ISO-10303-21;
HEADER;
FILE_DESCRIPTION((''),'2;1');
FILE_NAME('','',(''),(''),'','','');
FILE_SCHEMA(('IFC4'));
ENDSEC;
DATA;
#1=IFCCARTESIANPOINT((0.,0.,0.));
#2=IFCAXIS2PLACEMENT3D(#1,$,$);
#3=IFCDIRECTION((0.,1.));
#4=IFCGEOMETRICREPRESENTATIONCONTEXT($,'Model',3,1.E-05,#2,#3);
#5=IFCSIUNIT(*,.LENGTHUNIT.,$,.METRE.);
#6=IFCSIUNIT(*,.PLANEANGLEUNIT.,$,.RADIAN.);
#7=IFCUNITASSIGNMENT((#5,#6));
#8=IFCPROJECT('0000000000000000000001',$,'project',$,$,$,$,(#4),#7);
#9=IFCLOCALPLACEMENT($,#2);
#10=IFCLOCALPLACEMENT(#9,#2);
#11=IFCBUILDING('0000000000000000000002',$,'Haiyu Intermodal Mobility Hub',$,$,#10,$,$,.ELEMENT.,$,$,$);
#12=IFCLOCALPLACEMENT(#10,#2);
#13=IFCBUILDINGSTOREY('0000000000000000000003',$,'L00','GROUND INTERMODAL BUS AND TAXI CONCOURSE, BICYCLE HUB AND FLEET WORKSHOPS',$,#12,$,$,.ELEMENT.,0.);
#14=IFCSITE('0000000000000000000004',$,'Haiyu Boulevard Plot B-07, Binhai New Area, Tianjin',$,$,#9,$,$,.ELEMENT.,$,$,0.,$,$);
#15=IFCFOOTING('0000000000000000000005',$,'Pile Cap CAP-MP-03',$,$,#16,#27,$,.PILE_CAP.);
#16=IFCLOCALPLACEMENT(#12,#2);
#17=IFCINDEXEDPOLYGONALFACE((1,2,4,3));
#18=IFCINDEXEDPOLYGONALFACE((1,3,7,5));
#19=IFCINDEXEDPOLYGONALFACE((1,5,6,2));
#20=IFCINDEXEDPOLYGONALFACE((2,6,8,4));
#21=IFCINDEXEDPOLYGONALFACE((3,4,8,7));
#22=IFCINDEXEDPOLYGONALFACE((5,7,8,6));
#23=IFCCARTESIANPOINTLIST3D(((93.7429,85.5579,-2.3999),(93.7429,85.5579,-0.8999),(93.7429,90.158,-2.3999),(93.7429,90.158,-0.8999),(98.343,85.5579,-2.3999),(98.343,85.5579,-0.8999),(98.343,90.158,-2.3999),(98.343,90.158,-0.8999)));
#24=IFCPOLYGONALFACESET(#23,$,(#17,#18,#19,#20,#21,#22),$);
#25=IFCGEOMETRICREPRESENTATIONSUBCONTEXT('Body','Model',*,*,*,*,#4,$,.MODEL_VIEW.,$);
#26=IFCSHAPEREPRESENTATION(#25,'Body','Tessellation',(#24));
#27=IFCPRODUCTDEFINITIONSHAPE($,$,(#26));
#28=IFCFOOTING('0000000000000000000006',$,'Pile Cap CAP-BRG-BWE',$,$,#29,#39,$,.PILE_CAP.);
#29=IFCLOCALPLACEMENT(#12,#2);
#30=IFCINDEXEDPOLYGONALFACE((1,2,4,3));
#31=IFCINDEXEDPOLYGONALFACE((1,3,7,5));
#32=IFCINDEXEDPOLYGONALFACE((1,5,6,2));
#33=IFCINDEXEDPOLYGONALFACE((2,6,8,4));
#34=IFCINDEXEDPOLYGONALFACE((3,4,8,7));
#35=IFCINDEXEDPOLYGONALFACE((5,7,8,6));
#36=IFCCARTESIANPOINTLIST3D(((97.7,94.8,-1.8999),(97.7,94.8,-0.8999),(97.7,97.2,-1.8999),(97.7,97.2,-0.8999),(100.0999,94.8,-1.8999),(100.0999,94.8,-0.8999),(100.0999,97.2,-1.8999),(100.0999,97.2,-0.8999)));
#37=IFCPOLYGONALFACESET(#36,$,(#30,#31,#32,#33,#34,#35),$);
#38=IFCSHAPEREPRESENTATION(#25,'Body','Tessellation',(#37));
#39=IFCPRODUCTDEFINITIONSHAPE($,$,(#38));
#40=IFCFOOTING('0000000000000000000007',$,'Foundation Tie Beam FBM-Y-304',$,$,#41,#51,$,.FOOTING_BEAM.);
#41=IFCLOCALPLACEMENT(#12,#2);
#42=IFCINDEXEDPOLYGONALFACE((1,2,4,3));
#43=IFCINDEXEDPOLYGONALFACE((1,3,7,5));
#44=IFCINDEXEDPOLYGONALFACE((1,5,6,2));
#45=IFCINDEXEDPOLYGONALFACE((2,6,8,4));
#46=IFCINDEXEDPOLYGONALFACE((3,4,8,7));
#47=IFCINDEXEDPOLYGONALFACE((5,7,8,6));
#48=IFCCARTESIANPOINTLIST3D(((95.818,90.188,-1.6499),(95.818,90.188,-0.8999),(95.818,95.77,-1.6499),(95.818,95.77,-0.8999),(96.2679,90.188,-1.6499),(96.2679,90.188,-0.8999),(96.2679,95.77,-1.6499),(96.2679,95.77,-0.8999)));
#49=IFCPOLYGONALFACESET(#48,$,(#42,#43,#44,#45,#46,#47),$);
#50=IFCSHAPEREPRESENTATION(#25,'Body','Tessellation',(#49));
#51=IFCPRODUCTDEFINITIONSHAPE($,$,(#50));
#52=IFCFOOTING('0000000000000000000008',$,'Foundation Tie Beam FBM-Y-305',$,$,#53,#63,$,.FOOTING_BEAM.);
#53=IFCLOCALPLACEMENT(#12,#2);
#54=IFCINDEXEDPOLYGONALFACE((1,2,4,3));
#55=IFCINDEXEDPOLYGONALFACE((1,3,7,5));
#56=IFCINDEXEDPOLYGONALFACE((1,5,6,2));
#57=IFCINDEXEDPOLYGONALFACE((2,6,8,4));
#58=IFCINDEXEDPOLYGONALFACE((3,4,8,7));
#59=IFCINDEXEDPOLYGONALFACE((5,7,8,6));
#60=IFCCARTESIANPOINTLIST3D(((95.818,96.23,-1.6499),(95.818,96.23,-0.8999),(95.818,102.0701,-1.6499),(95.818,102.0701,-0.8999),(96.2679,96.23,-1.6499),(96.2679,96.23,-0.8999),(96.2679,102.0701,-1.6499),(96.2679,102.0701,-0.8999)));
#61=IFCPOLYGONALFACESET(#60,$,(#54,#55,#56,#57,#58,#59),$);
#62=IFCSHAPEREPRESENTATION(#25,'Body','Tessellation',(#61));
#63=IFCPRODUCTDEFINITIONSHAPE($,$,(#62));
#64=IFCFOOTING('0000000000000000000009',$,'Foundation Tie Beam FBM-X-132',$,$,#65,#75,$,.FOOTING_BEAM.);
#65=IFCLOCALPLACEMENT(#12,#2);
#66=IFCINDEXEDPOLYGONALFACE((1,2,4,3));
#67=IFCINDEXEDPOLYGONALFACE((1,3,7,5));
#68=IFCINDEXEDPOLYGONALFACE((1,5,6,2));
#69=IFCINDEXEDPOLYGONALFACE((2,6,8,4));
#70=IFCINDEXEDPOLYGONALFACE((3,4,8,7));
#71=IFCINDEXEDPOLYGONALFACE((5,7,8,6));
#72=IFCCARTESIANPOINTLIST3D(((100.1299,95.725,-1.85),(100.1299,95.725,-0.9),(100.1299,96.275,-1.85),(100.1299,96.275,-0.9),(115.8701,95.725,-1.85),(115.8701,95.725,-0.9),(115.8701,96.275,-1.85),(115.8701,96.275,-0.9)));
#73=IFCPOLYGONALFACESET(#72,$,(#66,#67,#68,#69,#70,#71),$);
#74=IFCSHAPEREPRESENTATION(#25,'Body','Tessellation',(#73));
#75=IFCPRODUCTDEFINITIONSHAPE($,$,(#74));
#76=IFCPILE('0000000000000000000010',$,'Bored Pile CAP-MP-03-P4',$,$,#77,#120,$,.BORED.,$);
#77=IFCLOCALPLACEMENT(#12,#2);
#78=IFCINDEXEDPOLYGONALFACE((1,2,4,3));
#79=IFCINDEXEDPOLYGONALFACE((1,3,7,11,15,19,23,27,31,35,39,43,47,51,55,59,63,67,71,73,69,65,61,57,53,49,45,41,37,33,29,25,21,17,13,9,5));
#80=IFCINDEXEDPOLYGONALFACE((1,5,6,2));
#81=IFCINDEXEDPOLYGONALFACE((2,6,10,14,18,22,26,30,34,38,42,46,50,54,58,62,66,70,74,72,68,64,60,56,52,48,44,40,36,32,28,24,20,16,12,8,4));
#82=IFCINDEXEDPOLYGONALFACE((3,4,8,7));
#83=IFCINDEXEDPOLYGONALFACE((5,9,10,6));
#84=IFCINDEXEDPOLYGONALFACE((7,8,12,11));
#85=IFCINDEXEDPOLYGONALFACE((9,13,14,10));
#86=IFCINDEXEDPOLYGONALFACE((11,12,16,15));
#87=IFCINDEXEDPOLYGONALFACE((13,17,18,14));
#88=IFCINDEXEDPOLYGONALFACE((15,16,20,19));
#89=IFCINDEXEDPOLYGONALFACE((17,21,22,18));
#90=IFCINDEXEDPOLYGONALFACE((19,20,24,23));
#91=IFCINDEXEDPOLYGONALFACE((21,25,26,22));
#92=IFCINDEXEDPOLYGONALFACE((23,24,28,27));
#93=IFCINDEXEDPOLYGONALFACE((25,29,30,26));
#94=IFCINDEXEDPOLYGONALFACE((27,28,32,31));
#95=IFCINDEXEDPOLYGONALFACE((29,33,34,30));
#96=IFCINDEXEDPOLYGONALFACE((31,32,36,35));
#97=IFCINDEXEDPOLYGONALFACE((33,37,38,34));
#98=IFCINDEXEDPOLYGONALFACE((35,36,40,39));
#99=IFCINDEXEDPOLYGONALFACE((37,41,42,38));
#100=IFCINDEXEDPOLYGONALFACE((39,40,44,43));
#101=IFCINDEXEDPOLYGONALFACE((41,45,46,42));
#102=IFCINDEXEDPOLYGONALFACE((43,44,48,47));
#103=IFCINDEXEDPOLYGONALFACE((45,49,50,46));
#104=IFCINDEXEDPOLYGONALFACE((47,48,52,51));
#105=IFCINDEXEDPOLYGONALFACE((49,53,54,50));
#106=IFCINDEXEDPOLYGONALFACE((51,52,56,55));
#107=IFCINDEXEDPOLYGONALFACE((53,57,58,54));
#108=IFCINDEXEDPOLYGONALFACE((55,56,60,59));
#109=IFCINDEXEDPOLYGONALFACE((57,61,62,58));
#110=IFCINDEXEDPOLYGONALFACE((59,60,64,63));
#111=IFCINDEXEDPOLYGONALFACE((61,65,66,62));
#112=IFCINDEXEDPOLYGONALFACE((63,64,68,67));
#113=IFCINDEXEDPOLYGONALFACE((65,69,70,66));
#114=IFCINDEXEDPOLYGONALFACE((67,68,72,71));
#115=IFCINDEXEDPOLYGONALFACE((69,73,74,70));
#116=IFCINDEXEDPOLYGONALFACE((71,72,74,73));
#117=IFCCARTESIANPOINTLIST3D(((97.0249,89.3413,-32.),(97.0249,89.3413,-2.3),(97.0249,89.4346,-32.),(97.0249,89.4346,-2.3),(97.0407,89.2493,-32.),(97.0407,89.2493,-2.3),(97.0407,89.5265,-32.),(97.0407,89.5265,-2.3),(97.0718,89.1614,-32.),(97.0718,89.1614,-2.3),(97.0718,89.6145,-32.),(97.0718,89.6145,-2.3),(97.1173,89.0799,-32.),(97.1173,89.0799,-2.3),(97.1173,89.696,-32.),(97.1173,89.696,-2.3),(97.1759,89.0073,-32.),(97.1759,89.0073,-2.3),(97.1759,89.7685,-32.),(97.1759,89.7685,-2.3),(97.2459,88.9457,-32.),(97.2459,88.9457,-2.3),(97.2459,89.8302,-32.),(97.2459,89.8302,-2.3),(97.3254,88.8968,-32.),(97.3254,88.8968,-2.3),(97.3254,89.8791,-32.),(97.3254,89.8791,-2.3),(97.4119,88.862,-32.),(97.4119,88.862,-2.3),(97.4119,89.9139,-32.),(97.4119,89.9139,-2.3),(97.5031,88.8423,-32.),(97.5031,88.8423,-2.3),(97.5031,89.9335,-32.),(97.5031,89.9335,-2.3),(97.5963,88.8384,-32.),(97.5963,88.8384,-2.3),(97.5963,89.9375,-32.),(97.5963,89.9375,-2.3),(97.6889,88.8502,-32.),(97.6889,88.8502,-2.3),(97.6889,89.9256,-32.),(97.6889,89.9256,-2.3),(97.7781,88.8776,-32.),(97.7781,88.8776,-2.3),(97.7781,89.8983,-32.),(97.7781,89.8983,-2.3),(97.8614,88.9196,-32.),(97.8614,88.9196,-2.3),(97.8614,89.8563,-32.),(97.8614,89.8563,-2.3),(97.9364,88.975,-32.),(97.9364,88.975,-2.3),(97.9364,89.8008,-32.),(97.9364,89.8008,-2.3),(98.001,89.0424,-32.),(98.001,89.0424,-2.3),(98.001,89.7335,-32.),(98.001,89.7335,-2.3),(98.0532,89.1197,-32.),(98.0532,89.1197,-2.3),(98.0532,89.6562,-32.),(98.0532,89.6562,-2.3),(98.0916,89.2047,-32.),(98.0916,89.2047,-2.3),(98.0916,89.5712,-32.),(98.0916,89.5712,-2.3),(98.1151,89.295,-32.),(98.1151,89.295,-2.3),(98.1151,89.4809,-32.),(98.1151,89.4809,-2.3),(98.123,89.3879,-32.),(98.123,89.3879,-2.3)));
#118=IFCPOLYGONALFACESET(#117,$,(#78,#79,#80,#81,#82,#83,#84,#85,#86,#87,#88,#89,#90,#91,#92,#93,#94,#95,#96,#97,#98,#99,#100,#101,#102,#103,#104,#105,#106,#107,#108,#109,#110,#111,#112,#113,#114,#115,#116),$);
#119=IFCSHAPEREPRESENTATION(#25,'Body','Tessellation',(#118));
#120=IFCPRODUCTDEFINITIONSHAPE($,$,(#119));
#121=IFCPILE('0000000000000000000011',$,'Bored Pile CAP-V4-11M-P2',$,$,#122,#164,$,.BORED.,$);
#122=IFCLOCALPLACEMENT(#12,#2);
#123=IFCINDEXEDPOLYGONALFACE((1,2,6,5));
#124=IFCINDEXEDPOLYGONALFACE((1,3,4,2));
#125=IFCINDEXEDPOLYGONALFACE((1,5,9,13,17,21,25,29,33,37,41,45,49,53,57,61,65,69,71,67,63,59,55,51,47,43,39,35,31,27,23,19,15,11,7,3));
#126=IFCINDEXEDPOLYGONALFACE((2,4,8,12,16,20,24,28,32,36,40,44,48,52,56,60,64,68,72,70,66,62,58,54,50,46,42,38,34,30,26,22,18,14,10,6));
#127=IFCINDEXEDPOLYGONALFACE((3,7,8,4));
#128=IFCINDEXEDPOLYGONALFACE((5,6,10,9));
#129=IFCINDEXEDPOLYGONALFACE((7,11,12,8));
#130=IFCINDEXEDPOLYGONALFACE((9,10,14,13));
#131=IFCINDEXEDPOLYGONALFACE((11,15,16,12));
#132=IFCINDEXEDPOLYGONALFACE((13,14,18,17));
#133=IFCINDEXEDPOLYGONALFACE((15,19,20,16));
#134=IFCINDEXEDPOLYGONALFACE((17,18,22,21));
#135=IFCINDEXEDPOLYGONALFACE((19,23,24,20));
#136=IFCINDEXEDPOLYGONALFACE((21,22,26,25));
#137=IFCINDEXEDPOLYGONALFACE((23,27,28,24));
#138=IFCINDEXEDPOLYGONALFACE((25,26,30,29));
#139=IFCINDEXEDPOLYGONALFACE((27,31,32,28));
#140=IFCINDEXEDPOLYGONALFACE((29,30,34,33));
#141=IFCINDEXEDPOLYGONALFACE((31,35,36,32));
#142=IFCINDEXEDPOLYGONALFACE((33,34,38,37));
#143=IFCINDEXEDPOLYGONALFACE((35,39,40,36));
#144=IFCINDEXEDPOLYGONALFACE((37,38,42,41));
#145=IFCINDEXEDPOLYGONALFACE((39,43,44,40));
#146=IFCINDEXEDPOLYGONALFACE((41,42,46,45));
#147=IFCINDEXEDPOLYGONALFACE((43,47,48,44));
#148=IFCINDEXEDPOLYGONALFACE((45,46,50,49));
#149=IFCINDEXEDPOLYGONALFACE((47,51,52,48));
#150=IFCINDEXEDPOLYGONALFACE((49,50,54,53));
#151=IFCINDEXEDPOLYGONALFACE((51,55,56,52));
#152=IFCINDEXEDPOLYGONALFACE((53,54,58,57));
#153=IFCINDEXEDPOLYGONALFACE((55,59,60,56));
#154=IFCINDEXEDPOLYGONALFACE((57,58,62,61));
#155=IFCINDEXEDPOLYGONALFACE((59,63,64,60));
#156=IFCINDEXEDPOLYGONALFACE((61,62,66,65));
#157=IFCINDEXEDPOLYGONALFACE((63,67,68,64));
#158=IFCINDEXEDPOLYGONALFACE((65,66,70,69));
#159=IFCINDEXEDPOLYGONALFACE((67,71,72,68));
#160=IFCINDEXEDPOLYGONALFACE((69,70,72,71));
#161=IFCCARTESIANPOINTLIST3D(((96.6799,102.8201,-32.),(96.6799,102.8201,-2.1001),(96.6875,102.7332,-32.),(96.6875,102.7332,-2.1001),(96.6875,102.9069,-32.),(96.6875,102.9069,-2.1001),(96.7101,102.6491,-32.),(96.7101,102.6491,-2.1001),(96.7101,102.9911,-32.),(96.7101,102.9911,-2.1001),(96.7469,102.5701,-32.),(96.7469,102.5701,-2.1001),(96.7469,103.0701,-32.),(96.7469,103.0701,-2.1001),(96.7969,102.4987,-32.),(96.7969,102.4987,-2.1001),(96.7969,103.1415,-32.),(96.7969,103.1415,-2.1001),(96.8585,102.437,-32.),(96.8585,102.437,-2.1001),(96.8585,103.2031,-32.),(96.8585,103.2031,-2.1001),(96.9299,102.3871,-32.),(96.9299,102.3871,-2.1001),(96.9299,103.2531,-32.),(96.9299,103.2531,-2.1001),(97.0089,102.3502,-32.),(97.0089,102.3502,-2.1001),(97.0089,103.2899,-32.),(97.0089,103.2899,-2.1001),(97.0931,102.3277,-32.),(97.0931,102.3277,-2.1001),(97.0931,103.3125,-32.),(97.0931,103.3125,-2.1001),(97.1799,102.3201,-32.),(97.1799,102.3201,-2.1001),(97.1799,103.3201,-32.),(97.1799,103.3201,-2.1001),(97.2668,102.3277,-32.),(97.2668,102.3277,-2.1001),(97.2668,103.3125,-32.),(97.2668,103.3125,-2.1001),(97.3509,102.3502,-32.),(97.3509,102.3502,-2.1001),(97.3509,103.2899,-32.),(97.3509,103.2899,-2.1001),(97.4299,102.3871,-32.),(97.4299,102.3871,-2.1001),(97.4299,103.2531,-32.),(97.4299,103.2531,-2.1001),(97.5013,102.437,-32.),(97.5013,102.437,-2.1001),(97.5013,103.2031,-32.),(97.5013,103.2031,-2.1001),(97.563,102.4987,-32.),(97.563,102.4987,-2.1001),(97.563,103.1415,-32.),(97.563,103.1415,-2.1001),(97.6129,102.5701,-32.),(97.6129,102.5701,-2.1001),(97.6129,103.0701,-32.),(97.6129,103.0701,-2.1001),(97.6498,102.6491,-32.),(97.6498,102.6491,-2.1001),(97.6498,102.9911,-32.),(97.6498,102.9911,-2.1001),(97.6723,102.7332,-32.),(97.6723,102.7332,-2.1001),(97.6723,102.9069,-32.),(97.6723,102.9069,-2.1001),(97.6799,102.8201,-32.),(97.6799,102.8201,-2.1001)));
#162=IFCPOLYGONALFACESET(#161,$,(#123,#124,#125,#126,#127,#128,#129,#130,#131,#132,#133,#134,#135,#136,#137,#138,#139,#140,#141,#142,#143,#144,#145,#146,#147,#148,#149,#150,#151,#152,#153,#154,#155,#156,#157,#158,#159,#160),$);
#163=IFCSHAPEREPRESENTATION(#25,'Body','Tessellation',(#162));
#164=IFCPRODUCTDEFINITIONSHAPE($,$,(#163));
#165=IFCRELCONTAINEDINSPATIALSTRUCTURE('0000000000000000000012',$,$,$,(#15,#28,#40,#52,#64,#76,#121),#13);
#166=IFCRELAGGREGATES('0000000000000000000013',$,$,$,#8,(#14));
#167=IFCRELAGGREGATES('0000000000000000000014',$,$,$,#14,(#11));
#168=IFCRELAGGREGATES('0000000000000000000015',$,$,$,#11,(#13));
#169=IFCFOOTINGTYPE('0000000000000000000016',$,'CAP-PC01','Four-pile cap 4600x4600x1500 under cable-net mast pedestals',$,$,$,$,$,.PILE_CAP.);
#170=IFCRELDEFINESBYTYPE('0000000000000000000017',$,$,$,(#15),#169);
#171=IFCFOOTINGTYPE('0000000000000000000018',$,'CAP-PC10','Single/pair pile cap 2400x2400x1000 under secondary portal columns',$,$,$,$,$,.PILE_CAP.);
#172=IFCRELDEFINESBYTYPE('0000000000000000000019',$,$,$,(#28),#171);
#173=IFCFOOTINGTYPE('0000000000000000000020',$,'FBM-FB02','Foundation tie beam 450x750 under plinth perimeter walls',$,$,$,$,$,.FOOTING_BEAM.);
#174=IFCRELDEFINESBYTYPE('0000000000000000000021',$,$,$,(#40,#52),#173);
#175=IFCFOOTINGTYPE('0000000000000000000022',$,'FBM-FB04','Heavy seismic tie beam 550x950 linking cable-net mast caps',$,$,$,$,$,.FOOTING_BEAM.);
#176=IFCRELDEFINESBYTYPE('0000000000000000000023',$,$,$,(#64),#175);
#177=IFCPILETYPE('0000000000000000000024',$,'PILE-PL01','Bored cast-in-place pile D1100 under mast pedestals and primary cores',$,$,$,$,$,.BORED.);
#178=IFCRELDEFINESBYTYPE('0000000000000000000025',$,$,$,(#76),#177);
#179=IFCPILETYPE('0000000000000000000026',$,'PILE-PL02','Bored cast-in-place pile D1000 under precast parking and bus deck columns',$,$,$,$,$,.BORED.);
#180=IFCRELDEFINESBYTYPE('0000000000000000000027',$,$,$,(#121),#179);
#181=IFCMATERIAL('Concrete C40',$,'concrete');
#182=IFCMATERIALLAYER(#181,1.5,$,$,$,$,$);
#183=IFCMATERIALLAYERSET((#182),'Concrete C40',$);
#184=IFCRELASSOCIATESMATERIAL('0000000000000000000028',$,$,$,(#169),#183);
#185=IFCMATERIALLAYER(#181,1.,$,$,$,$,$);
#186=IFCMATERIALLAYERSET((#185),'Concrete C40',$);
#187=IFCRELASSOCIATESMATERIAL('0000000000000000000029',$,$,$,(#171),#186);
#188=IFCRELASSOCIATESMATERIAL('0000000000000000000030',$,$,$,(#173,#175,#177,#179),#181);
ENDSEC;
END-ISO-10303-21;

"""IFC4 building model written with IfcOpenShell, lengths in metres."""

from ifc_helpers import new_model, si_unit, direction, frame, origin, origin_2d, place, context, subcontext, project, spatial, rectangle, circle, extrude, material, layer, layer_set, material_profile, profile_set, type_object, element, save


model = new_model("IFC4")

# Units and contexts
model_context = context("Model", 3, precision=1e-05, world=origin(), true_north=direction((0.0, 1.0)))
body_context = subcontext(model_context, "Body", "Model", "MODEL_VIEW")
ifc_project = project(units=[si_unit("LENGTHUNIT", "METRE"), si_unit("PLANEANGLEUNIT", "RADIAN")], contexts=[model_context])

# Site, building, storey
site_placement = place(None, origin())
site = spatial("IfcSite", under=ifc_project, at=site_placement, Name="Haiyu Boulevard Plot B-07, Binhai New Area, Tianjin", CompositionType="ELEMENT", RefElevation=0.0)
building_placement = place(site_placement, origin())
building = spatial("IfcBuilding", under=site, at=building_placement, Name="Haiyu Intermodal Mobility Hub", CompositionType="ELEMENT")
storey_placement = place(building_placement, origin())
storey = spatial("IfcBuildingStorey", under=building, at=storey_placement, Name="L00", Description="GROUND INTERMODAL BUS AND TAXI CONCOURSE, BICYCLE HUB AND FLEET WORKSHOPS", CompositionType="ELEMENT", Elevation=0.0)

# Footings
ifc_material_1 = material(Name="Concrete C40", Category="concrete")
ifc_layer_1 = layer(ifc_material_1, 1.5)
ifc_layer_set_1 = layer_set([ifc_layer_1], Name="Concrete C40")
footing_type_1 = type_object("IfcFootingType", Name="CAP-PC01", Description="Four-pile cap 4600x4600x1500 under cable-net mast pedestals", PredefinedType="PILE_CAP", material=ifc_layer_set_1)
footing_1_placement = place(storey_placement, frame((96.043, 87.8579, -2.3999), z_axis=(0.0, 0.0, 1.0), x_axis=(1.0, 0.0, 0.0)))
element("IfcFooting", 1, at=footing_1_placement, inside=storey, type_object=footing_type_1, Name="Pile Cap CAP-MP-03", PredefinedType="PILE_CAP", context=body_context, shape_type="SweptSolid", body=[
    extrude(rectangle(XDim=4.6001, YDim=4.6001, at=origin_2d()), origin(), (0.0, 0.0, 1.0), 1.5),
])
ifc_layer_2 = layer(ifc_material_1, 1.0)
ifc_layer_set_2 = layer_set([ifc_layer_2], Name="Concrete C40")
footing_type_2 = type_object("IfcFootingType", Name="CAP-PC10", Description="Single/pair pile cap 2400x2400x1000 under secondary portal columns", PredefinedType="PILE_CAP", material=ifc_layer_set_2)
footing_2_placement = place(storey_placement, frame((98.8999, 96.0, -1.8999), z_axis=(0.0, 0.0, 1.0), x_axis=(1.0, 0.0, 0.0)))
element("IfcFooting", 2, at=footing_2_placement, inside=storey, type_object=footing_type_2, Name="Pile Cap CAP-BRG-BWE", PredefinedType="PILE_CAP", context=body_context, shape_type="SweptSolid", body=[
    extrude(rectangle(XDim=2.3999, YDim=2.3999, at=origin_2d()), origin(), (0.0, 0.0, 1.0), 1.0),
])
ifc_material_profile_1 = material_profile(ifc_material_1, rectangle(XDim=0.45, YDim=0.75, at=origin_2d()), Name="FB450x750")
ifc_profile_set_1 = profile_set([ifc_material_profile_1], Name="Concrete C40")
footing_type_3 = type_object("IfcFootingType", Name="FBM-FB02", Description="Foundation tie beam 450x750 under plinth perimeter walls", PredefinedType="FOOTING_BEAM", material=ifc_profile_set_1)
footing_3_placement = place(storey_placement, frame((96.043, 90.188, -1.2749), z_axis=(0.0, 1.0, 0.0), x_axis=(-1.0, 0.0, 0.0)))
element("IfcFooting", 3, at=footing_3_placement, inside=storey, type_object=footing_type_3, Name="Foundation Tie Beam FBM-Y-304", PredefinedType="FOOTING_BEAM", context=body_context, shape_type="SweptSolid", body=[
    extrude(rectangle(XDim=0.45, YDim=0.75, at=origin_2d()), origin(), (0.0, 0.0, 1.0), 5.582),
])
footing_4_placement = place(storey_placement, frame((96.043, 96.23, -1.2749), z_axis=(0.0, 1.0, 0.0), x_axis=(-1.0, 0.0, 0.0)))
element("IfcFooting", 4, at=footing_4_placement, inside=storey, type_object=footing_type_3, Name="Foundation Tie Beam FBM-Y-305", PredefinedType="FOOTING_BEAM", context=body_context, shape_type="SweptSolid", body=[
    extrude(rectangle(XDim=0.45, YDim=0.75, at=origin_2d()), origin(), (0.0, 0.0, 1.0), 5.8401),
])
ifc_material_profile_2 = material_profile(ifc_material_1, rectangle(XDim=0.55, YDim=0.95, at=origin_2d()), Name="FB550x950")
ifc_profile_set_2 = profile_set([ifc_material_profile_2], Name="Concrete C40")
footing_type_4 = type_object("IfcFootingType", Name="FBM-FB04", Description="Heavy seismic tie beam 550x950 linking cable-net mast caps", PredefinedType="FOOTING_BEAM", material=ifc_profile_set_2)
footing_5_placement = place(storey_placement, frame((100.1299, 96.0, -1.375), z_axis=(1.0, 0.0, 0.0), x_axis=(0.0, 1.0, 0.0)))
element("IfcFooting", 5, at=footing_5_placement, inside=storey, type_object=footing_type_4, Name="Foundation Tie Beam FBM-X-132", PredefinedType="FOOTING_BEAM", context=body_context, shape_type="SweptSolid", body=[
    extrude(rectangle(XDim=0.55, YDim=0.95, at=origin_2d()), origin(), (0.0, 0.0, 1.0), 15.7402),
])

# Piles
ifc_material_profile_3 = material_profile(ifc_material_1, circle(Radius=0.55, at=origin_2d()), Name="PILE-D1100")
ifc_profile_set_3 = profile_set([ifc_material_profile_3], Name="Concrete C40")
pile_type_1 = type_object("IfcPileType", Name="PILE-PL01", Description="Bored cast-in-place pile D1100 under mast pedestals and primary cores", PredefinedType="BORED", material=ifc_profile_set_3)
pile_1_placement = place(storey_placement, frame((97.573, 89.3879, -2.3), z_axis=(0.0, 0.0, -1.0), x_axis=(1.0, 0.0, 0.0)))
element("IfcPile", 6, at=pile_1_placement, inside=storey, type_object=pile_type_1, Name="Bored Pile CAP-MP-03-P4", PredefinedType="BORED", context=body_context, shape_type="SweptSolid", body=[
    extrude(circle(Radius=0.55, at=origin_2d()), origin(), (0.0, 0.0, 1.0), 29.7),
])
ifc_material_profile_4 = material_profile(ifc_material_1, circle(Radius=0.5, at=origin_2d()), Name="PILE-D1000")
ifc_profile_set_4 = profile_set([ifc_material_profile_4], Name="Concrete C40")
pile_type_2 = type_object("IfcPileType", Name="PILE-PL02", Description="Bored cast-in-place pile D1000 under precast parking and bus deck columns", PredefinedType="BORED", material=ifc_profile_set_4)
for number, where, z_axis, x_axis, name in (
    (7, (97.1799, 102.8201, -2.1001), (0.0, 0.0, -1.0), (1.0, 0.0, 0.0), "Bored Pile CAP-V4-11M-P2"),
):
    element("IfcPile", number, at=place(storey_placement, frame(where, z_axis=z_axis, x_axis=x_axis)), inside=storey, type_object=pile_type_2, Name=name, PredefinedType="BORED", context=body_context, shape_type="SweptSolid", body=[
        extrude(circle(Radius=0.5, at=origin_2d()), origin(), (0.0, 0.0, 1.0), 29.8999),
    ])

save(model, "model.ifc")
